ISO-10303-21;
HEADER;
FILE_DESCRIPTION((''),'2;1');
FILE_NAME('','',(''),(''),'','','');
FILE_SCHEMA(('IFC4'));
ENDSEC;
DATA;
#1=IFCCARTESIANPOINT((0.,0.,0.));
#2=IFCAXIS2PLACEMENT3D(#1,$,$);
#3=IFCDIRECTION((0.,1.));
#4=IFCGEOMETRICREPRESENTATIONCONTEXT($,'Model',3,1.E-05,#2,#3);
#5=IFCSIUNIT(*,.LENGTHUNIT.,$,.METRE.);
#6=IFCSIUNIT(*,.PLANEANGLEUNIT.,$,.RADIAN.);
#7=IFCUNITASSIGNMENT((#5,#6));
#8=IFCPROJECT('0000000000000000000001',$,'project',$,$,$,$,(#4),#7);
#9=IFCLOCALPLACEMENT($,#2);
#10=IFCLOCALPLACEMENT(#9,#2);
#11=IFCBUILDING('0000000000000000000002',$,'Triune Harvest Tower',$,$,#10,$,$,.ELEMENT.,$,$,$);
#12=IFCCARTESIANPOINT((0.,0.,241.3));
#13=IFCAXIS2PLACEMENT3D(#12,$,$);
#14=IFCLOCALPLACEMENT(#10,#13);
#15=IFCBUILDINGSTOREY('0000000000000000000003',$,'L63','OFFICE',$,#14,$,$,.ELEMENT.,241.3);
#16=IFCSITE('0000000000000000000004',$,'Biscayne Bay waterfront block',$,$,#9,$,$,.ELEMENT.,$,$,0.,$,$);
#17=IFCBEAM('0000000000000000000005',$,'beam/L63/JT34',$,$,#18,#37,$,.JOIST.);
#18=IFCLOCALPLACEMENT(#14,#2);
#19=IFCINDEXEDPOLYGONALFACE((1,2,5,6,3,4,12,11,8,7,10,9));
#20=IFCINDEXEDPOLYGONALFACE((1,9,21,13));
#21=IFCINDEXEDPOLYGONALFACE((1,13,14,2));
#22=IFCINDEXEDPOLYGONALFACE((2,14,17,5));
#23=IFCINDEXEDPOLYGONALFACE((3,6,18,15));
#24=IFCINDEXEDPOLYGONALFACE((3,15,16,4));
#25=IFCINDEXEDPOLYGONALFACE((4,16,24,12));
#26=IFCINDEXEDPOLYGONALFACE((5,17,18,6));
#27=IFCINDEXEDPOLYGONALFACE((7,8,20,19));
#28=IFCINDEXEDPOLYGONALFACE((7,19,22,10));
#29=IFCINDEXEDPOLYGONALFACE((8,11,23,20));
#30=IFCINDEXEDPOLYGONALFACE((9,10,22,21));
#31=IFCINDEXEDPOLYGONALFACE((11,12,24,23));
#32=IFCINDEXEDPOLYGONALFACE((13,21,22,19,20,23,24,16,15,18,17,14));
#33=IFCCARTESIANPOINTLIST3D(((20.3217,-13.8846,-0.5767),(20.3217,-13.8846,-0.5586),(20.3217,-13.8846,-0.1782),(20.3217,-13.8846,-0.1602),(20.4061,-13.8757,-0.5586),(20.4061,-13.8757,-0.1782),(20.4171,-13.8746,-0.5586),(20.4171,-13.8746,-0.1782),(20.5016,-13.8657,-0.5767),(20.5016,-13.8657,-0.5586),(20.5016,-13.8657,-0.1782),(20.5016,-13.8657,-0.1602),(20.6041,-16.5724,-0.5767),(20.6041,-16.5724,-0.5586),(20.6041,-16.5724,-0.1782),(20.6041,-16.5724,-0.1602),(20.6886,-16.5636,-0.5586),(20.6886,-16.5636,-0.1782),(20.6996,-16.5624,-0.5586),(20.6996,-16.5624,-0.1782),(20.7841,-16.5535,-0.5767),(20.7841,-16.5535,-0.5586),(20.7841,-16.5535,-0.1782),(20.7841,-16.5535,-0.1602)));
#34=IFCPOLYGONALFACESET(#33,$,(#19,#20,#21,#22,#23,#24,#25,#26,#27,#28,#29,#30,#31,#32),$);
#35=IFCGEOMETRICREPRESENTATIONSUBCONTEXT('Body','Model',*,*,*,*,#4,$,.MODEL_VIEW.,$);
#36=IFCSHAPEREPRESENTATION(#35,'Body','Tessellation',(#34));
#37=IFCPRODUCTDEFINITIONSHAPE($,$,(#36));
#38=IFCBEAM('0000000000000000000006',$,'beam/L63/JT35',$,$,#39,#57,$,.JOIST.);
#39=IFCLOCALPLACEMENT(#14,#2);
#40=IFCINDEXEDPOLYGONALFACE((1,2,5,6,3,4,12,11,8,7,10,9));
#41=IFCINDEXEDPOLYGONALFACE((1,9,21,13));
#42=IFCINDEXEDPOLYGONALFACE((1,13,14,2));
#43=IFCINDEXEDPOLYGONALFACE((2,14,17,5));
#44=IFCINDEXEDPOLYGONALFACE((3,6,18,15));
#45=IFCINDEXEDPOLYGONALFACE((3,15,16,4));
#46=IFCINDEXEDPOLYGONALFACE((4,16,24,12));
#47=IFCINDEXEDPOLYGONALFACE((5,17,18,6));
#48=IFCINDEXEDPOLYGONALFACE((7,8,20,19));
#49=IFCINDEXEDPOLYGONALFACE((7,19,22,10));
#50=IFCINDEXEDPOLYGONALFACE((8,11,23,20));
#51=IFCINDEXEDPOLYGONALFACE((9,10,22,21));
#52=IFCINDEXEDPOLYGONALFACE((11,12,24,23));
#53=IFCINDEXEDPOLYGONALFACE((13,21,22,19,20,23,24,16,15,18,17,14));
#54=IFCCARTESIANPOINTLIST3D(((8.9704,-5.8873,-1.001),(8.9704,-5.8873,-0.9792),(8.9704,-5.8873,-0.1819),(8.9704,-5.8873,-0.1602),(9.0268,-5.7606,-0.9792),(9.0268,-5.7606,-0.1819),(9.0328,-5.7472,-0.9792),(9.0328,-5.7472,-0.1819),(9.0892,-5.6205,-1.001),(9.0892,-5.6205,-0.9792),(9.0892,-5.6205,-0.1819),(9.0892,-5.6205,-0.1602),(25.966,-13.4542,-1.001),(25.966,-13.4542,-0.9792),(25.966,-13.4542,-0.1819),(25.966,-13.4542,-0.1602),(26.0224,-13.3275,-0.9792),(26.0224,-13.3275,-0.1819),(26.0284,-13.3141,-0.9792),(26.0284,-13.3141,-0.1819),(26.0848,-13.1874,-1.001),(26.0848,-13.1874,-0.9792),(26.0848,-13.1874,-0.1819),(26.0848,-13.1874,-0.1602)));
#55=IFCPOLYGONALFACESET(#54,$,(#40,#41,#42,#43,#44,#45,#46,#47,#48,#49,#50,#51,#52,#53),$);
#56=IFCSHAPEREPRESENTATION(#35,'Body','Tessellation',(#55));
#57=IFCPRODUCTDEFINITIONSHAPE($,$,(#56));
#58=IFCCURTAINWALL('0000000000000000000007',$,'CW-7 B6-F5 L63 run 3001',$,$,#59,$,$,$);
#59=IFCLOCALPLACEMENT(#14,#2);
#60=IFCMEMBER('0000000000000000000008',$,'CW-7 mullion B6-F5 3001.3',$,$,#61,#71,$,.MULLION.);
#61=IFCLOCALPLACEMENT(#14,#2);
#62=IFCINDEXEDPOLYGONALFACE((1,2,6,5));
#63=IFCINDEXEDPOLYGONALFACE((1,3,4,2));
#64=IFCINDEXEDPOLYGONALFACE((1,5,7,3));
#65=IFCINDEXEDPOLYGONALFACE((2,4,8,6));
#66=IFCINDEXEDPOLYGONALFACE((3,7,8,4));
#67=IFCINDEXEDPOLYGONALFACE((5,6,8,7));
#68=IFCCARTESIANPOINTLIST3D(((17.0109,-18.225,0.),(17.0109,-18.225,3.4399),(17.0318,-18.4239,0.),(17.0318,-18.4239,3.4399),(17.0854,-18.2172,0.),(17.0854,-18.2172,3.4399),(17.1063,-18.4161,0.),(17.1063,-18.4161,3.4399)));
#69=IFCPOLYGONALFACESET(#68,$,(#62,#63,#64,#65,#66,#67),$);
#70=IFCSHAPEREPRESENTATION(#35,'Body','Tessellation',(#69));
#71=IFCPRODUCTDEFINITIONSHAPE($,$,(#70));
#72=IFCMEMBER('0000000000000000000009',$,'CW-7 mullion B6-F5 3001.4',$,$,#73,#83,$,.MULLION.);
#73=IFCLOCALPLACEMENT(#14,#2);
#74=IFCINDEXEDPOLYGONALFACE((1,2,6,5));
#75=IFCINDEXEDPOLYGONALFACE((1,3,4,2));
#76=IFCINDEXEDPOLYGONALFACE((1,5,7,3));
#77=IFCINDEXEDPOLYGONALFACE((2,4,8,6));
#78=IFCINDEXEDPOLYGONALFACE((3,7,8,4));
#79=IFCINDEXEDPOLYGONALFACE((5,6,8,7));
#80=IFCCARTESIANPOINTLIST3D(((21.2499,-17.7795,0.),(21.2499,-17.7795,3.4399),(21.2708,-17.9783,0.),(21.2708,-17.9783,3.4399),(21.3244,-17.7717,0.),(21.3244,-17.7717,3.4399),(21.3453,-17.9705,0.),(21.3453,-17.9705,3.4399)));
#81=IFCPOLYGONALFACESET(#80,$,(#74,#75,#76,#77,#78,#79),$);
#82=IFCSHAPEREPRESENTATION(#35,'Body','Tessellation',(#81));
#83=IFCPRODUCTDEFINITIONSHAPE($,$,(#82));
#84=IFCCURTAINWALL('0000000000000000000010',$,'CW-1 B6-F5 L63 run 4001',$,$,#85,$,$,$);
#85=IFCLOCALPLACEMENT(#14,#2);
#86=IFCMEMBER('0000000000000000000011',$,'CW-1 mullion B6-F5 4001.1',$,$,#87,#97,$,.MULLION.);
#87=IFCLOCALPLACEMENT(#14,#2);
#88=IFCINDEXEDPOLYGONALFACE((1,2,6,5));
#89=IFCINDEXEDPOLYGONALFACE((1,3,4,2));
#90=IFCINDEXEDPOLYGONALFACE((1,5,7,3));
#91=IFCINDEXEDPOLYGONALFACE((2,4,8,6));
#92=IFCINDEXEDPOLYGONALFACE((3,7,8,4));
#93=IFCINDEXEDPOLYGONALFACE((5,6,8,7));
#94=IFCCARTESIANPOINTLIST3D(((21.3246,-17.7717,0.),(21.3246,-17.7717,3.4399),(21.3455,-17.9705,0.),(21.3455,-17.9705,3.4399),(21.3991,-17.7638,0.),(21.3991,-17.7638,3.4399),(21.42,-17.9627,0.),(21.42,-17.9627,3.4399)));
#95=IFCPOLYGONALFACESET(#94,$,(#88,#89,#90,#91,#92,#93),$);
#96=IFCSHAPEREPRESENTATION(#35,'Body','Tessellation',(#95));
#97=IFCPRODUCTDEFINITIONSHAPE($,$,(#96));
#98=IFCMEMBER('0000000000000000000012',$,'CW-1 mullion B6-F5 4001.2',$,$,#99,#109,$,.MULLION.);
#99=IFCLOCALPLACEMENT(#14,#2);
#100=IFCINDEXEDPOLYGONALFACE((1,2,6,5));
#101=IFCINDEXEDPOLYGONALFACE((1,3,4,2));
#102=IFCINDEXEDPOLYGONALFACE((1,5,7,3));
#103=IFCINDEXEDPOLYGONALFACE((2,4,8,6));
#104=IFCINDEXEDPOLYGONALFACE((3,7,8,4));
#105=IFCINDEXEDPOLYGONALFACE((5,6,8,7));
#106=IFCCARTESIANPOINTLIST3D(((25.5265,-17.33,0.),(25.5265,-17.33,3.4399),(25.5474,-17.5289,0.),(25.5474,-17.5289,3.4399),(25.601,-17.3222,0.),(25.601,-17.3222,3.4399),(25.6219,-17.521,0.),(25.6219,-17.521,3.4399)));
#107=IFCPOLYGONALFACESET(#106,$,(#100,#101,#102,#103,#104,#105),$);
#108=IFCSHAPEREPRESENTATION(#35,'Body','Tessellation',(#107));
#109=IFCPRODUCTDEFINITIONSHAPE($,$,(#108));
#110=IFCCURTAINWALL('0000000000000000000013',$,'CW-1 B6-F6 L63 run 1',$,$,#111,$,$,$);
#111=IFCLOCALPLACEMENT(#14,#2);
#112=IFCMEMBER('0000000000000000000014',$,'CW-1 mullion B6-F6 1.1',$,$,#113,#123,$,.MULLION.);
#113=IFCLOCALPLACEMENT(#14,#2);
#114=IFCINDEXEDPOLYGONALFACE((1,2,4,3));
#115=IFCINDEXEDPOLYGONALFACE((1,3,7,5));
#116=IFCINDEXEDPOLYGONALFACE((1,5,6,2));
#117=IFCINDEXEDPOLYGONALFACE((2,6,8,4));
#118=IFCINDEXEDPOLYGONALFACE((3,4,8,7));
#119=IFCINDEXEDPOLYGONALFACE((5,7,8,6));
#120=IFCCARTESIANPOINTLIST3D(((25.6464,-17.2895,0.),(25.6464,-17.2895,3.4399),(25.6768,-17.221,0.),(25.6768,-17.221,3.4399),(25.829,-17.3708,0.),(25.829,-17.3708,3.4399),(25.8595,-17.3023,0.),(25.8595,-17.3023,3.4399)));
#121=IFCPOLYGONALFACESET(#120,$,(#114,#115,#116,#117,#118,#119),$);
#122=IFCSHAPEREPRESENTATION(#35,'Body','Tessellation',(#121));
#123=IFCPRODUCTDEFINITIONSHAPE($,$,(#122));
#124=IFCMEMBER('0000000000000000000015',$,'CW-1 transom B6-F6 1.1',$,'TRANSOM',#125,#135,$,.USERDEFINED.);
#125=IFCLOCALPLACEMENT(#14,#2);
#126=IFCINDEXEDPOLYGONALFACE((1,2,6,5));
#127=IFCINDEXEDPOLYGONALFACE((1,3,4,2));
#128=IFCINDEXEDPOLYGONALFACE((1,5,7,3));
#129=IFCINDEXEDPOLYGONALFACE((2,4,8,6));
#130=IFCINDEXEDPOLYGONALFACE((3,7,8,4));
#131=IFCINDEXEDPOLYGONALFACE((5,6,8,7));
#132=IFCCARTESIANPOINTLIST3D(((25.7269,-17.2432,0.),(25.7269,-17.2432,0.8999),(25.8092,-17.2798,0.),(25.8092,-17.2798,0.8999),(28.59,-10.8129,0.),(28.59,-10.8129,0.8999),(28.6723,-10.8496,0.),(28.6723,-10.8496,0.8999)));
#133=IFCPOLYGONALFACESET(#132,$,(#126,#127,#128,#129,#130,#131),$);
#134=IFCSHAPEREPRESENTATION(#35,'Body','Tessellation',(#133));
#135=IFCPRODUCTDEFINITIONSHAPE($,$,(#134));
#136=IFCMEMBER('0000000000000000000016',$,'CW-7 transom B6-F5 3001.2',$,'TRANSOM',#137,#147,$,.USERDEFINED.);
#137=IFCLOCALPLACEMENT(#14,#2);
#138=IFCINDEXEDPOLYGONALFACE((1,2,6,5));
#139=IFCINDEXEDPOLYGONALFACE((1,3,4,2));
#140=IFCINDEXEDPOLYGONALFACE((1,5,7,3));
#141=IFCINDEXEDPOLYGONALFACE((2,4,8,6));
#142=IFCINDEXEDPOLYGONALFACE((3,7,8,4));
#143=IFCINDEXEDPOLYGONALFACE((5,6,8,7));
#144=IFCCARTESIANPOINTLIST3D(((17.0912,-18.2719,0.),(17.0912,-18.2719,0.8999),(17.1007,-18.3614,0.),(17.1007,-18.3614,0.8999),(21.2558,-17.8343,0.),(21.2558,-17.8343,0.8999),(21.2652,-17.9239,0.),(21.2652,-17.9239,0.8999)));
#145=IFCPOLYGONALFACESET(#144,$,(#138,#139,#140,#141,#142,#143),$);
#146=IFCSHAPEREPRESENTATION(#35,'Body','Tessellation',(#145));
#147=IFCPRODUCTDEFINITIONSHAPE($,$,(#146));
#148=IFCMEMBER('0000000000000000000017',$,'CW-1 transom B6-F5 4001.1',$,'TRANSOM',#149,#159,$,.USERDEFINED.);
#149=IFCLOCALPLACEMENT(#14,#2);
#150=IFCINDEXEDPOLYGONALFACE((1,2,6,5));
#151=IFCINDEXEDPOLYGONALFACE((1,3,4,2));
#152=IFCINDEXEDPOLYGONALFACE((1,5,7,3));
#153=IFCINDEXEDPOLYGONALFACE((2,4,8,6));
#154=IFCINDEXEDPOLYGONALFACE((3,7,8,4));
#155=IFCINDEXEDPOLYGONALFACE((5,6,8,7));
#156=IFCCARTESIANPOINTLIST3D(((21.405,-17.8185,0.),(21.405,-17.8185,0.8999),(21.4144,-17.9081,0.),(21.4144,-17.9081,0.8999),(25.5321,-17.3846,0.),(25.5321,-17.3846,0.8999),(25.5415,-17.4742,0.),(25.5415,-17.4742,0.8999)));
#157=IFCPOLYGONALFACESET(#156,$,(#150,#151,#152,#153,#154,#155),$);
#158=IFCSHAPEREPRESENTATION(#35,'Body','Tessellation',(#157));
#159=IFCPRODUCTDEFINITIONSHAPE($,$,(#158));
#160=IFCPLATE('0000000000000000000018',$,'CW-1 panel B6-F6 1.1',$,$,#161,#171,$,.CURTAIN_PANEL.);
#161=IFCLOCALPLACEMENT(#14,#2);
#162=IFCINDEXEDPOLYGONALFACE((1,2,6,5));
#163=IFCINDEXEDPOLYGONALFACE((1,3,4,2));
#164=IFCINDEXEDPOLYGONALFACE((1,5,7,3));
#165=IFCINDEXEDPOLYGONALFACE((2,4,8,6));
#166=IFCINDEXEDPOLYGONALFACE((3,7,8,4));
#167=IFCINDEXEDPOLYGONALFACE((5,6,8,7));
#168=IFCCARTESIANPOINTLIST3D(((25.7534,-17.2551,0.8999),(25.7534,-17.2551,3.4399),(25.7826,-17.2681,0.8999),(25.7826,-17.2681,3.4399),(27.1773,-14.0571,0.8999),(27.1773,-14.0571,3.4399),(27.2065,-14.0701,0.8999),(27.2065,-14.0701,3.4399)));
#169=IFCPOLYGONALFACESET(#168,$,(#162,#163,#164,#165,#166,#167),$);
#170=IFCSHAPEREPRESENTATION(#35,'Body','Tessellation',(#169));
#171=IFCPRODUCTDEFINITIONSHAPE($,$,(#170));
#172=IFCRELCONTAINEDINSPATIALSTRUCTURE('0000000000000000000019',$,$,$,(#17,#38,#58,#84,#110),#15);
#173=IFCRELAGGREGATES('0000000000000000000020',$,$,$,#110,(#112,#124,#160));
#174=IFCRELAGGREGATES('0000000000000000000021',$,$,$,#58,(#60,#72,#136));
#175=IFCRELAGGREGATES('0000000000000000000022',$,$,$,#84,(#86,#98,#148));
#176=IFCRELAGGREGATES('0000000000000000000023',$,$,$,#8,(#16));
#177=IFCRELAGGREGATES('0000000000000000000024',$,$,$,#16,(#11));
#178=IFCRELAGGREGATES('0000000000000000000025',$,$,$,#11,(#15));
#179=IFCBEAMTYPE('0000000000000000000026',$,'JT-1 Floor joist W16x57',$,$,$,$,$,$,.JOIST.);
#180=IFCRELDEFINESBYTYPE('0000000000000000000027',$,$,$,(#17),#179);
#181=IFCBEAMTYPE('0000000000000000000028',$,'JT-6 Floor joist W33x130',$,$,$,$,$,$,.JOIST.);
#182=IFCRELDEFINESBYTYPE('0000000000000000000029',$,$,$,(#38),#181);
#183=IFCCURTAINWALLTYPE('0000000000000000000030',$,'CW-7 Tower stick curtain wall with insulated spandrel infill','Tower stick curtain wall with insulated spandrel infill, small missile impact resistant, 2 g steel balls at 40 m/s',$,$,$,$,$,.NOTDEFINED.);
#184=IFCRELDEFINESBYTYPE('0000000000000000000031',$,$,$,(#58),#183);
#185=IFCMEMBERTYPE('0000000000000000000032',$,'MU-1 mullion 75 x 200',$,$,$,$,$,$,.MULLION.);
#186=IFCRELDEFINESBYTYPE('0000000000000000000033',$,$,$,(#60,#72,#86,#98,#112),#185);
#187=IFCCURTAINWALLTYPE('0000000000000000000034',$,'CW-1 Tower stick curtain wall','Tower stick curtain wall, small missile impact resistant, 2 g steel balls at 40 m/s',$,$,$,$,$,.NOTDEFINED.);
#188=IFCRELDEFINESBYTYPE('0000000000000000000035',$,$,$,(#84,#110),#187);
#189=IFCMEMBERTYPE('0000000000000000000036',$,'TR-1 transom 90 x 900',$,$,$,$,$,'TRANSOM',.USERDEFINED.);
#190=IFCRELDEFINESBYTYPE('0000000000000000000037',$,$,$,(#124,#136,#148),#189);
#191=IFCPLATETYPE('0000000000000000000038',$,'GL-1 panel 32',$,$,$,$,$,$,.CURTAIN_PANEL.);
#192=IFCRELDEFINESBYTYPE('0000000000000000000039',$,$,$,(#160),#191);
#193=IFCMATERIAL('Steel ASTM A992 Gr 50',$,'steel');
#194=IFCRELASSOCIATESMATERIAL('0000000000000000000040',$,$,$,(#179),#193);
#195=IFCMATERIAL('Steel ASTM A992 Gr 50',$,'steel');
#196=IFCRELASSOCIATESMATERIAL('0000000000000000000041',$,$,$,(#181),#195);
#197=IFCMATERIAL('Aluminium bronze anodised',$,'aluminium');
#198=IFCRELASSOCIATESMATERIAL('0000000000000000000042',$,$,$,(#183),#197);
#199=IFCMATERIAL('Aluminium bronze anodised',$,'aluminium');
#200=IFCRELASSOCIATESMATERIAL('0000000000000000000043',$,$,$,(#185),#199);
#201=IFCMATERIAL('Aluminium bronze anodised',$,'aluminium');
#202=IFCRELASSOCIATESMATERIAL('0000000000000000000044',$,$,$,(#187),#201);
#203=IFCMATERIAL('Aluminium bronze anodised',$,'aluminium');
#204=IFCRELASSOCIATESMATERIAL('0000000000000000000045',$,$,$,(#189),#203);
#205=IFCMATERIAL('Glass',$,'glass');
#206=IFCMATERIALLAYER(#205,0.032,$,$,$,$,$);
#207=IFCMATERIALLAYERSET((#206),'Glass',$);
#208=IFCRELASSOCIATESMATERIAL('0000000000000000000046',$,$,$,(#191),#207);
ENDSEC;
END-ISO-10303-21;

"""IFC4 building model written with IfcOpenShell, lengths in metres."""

from ifc_helpers import new_model, si_unit, direction, frame, origin, origin_2d, place, context, subcontext, project, spatial, rectangle, i_section, extrude, source, transform, mapped, material, layer, layer_set, material_profile, profile_set, type_object, element, aggregate, save


model = new_model("IFC4")

# Units and contexts
model_context = context("Model", 3, precision=1e-05, world=origin(), true_north=direction((0.0, 1.0)))
body_context = subcontext(model_context, "Body", "Model", "MODEL_VIEW")
ifc_project = project(units=[si_unit("LENGTHUNIT", "METRE"), si_unit("PLANEANGLEUNIT", "RADIAN")], contexts=[model_context])

# Site, building, storey
site_placement = place(None, origin())
site = spatial("IfcSite", under=ifc_project, at=site_placement, Name="Biscayne Bay waterfront block", CompositionType="ELEMENT", RefElevation=0.0)
building_placement = place(site_placement, origin())
building = spatial("IfcBuilding", under=site, at=building_placement, Name="Triune Harvest Tower", CompositionType="ELEMENT")
storey_placement = place(building_placement, frame((0.0, 0.0, 241.3)))
storey = spatial("IfcBuildingStorey", under=building, at=storey_placement, Name="L63", Description="OFFICE", CompositionType="ELEMENT", Elevation=241.3)

# Beams
ifc_material_1 = material(Name="Steel ASTM A992 Gr 50", Category="steel")
ifc_material_profile_1 = material_profile(ifc_material_1, i_section(OverallWidth=0.1809, OverallDepth=0.4165, WebThickness=0.011, FlangeThickness=0.0181, at=origin_2d()), Name="W16x57")
ifc_profile_set_1 = profile_set([ifc_material_profile_1], Name="Steel ASTM A992 Gr 50")
beam_type_1 = type_object("IfcBeamType", Name="JT-1 Floor joist W16x57", PredefinedType="JOIST", material=ifc_profile_set_1)
shared_shape_1 = source(origin(), body_context, "Body", "SweptSolid", [
    extrude(i_section(OverallWidth=0.1809, OverallDepth=0.4165, WebThickness=0.011, FlangeThickness=0.0181, at=origin_2d()), origin(), (0.0, 0.0, 1.0), 2.7026),
])
beam_1_placement = place(storey_placement, frame((20.6941, -16.563, -0.3684), z_axis=(-0.10452, 0.994523, 0.0), x_axis=(-0.994523, -0.10452, 0.0)))
element("IfcBeam", 1, at=beam_1_placement, inside=storey, type_object=beam_type_1, Name="beam/L63/JT34", PredefinedType="JOIST", context=body_context, shape_type="MappedRepresentation", body=[
    mapped(shared_shape_1, transform((0.0, 0.0, 0.0), scale=1.0)),
])
ifc_material_2 = material(Name="Steel ASTM A992 Gr 50", Category="steel")
ifc_material_profile_2 = material_profile(ifc_material_2, i_section(OverallWidth=0.292, OverallDepth=0.8408, WebThickness=0.0146, FlangeThickness=0.0217, at=origin_2d()), Name="W33x130")
ifc_profile_set_2 = profile_set([ifc_material_profile_2], Name="Steel ASTM A992 Gr 50")
beam_type_2 = type_object("IfcBeamType", Name="JT-6 Floor joist W33x130", PredefinedType="JOIST", material=ifc_profile_set_2)
shared_shape_2 = source(origin(), body_context, "Body", "SweptSolid", [
    extrude(i_section(OverallWidth=0.292, OverallDepth=0.8408, WebThickness=0.0146, FlangeThickness=0.0217, at=origin_2d()), origin(), (0.0, 0.0, 1.0), 18.604),
])
beam_2_placement = place(storey_placement, frame((26.0254, -13.3208, -0.5806), z_axis=(-0.913546, 0.406735, 0.0), x_axis=(-0.406735, -0.913546, 0.0)))
element("IfcBeam", 2, at=beam_2_placement, inside=storey, type_object=beam_type_2, Name="beam/L63/JT35", PredefinedType="JOIST", context=body_context, shape_type="MappedRepresentation", body=[
    mapped(shared_shape_2, transform((0.0, 0.0, 0.0), scale=1.0)),
])

# Curtain walls, members
ifc_material_3 = material(Name="Aluminium bronze anodised", Category="aluminium")
curtain_wall_type_1 = type_object("IfcCurtainWallType", Name="CW-7 Tower stick curtain wall with insulated spandrel infill", Description="Tower stick curtain wall with insulated spandrel infill, small missile impact resistant, 2 g steel balls at 40 m/s", PredefinedType="NOTDEFINED", material=ifc_material_3)
curtain_wall_1_placement = place(storey_placement, origin())
curtain_wall_1 = element("IfcCurtainWall", 3, at=curtain_wall_1_placement, inside=storey, type_object=curtain_wall_type_1, Name="CW-7 B6-F5 L63 run 3001")
ifc_material_4 = material(Name="Aluminium bronze anodised", Category="aluminium")
ifc_material_profile_3 = material_profile(ifc_material_4, rectangle(XDim=0.2, YDim=0.075, at=origin_2d()), Name="MU-1 mullion 75 x 200")
ifc_profile_set_3 = profile_set([ifc_material_profile_3], Name="Aluminium bronze anodised")
member_type_1 = type_object("IfcMemberType", Name="MU-1 mullion 75 x 200", PredefinedType="MULLION", material=ifc_profile_set_3)
shared_shape_3 = source(origin(), body_context, "Body", "SweptSolid", [
    extrude(rectangle(XDim=0.2, YDim=0.075, at=origin_2d()), origin(), (0.0, 0.0, 1.0), 3.4399),
])
member_1_placement = place(storey_placement, frame((17.0586, -18.3206, 0.0), z_axis=(0.0, 0.0, 1.0), x_axis=(-0.104527, 0.994522, 0.0)))
member_1 = element("IfcMember", 4, at=member_1_placement, type_object=member_type_1, Name="CW-7 mullion B6-F5 3001.3", PredefinedType="MULLION", context=body_context, shape_type="MappedRepresentation", body=[
    mapped(shared_shape_3, transform((0.0, 0.0, 0.0), scale=1.0)),
])
member_2_placement = place(storey_placement, frame((21.2976, -17.875, 0.0), z_axis=(0.0, 0.0, 1.0), x_axis=(-0.104527, 0.994522, 0.0)))
member_2 = element("IfcMember", 5, at=member_2_placement, type_object=member_type_1, Name="CW-7 mullion B6-F5 3001.4", PredefinedType="MULLION", context=body_context, shape_type="MappedRepresentation", body=[
    mapped(shared_shape_3, transform((0.0, 0.0, 0.0), scale=1.0)),
])
ifc_material_5 = material(Name="Aluminium bronze anodised", Category="aluminium")
curtain_wall_type_2 = type_object("IfcCurtainWallType", Name="CW-1 Tower stick curtain wall", Description="Tower stick curtain wall, small missile impact resistant, 2 g steel balls at 40 m/s", PredefinedType="NOTDEFINED", material=ifc_material_5)
curtain_wall_2_placement = place(storey_placement, origin())
curtain_wall_2 = element("IfcCurtainWall", 6, at=curtain_wall_2_placement, inside=storey, type_object=curtain_wall_type_2, Name="CW-1 B6-F5 L63 run 4001")
member_3_placement = place(storey_placement, frame((21.3723, -17.8672, 0.0), z_axis=(0.0, 0.0, 1.0), x_axis=(-0.104532, 0.994522, 0.0)))
member_3 = element("IfcMember", 7, at=member_3_placement, type_object=member_type_1, Name="CW-1 mullion B6-F5 4001.1", PredefinedType="MULLION", context=body_context, shape_type="MappedRepresentation", body=[
    mapped(shared_shape_3, transform((0.0, 0.0, 0.0), scale=1.0)),
])
member_4_placement = place(storey_placement, frame((25.5742, -17.4255, 0.0), z_axis=(0.0, 0.0, 1.0), x_axis=(-0.104532, 0.994522, 0.0)))
member_4 = element("IfcMember", 8, at=member_4_placement, type_object=member_type_1, Name="CW-1 mullion B6-F5 4001.2", PredefinedType="MULLION", context=body_context, shape_type="MappedRepresentation", body=[
    mapped(shared_shape_3, transform((0.0, 0.0, 0.0), scale=1.0)),
])
curtain_wall_3_placement = place(storey_placement, origin())
curtain_wall_3 = element("IfcCurtainWall", 9, at=curtain_wall_3_placement, inside=storey, type_object=curtain_wall_type_2, Name="CW-1 B6-F6 L63 run 1")
member_5_placement = place(storey_placement, frame((25.7529, -17.2959, 0.0), z_axis=(0.0, 0.0, 1.0), x_axis=(-0.913543, 0.406743, 0.0)))
member_5 = element("IfcMember", 10, at=member_5_placement, type_object=member_type_1, Name="CW-1 mullion B6-F6 1.1", PredefinedType="MULLION", context=body_context, shape_type="MappedRepresentation", body=[
    mapped(shared_shape_3, transform((0.0, 0.0, 0.0), scale=1.0)),
])
ifc_material_6 = material(Name="Aluminium bronze anodised", Category="aluminium")
ifc_material_profile_4 = material_profile(ifc_material_6, rectangle(XDim=0.0901, YDim=0.8999, at=origin_2d()), Name="TR-1 transom 90 x 900")
ifc_profile_set_4 = profile_set([ifc_material_profile_4], Name="Aluminium bronze anodised")
member_type_2 = type_object("IfcMemberType", Name="TR-1 transom 90 x 900", ElementType="TRANSOM", PredefinedType="USERDEFINED", material=ifc_profile_set_4)
shared_shape_4 = source(origin(), body_context, "Body", "SweptSolid", [
    extrude(rectangle(XDim=0.0901, YDim=0.8999, at=origin_2d()), origin(), (0.0, 0.0, 1.0), 7.0388),
])
member_6_placement = place(storey_placement, frame((25.7681, -17.2615, 0.45), z_axis=(0.406753, 0.913538, 0.0), x_axis=(-0.913538, 0.406753, 0.0)))
member_6 = element("IfcMember", 11, at=member_6_placement, type_object=member_type_2, Name="CW-1 transom B6-F6 1.1", ObjectType="TRANSOM", PredefinedType="USERDEFINED", context=body_context, shape_type="MappedRepresentation", body=[
    mapped(shared_shape_4, transform((0.0, 0.0, 0.0), scale=1.0)),
])

# Members
shared_shape_5 = source(origin(), body_context, "Body", "SweptSolid", [
    extrude(rectangle(XDim=0.0901, YDim=0.8999, at=origin_2d()), origin(), (0.0, 0.0, 1.0), 4.1875),
])
member_7_placement = place(storey_placement, frame((17.0959, -18.3167, 0.45), z_axis=(0.994527, 0.104478, 0.0), x_axis=(-0.104478, 0.994527, 0.0)))
member_7 = element("IfcMember", 12, at=member_7_placement, type_object=member_type_2, Name="CW-7 transom B6-F5 3001.2", ObjectType="TRANSOM", PredefinedType="USERDEFINED", context=body_context, shape_type="MappedRepresentation", body=[
    mapped(shared_shape_5, transform((0.0, 0.0, 0.0), scale=1.0)),
])
shared_shape_6 = source(origin(), body_context, "Body", "SweptSolid", [
    extrude(rectangle(XDim=0.0901, YDim=0.8999, at=origin_2d()), origin(), (0.0, 0.0, 1.0), 4.1499),
])
member_8_placement = place(storey_placement, frame((21.4097, -17.8633, 0.45), z_axis=(0.994521, 0.104541, 0.0), x_axis=(-0.104541, 0.994521, 0.0)))
member_8 = element("IfcMember", 13, at=member_8_placement, type_object=member_type_2, Name="CW-1 transom B6-F5 4001.1", ObjectType="TRANSOM", PredefinedType="USERDEFINED", context=body_context, shape_type="MappedRepresentation", body=[
    mapped(shared_shape_6, transform((0.0, 0.0, 0.0), scale=1.0)),
])

# Plate
ifc_material_7 = material(Name="Glass", Category="glass")
ifc_layer_1 = layer(ifc_material_7, 0.032)
ifc_layer_set_1 = layer_set([ifc_layer_1], Name="Glass")
plate_type_1 = type_object("IfcPlateType", Name="GL-1 panel 32", PredefinedType="CURTAIN_PANEL", material=ifc_layer_set_1)
shared_shape_7 = source(origin(), body_context, "Body", "SweptSolid", [
    extrude(rectangle(XDim=3.5007, YDim=0.032, at=origin_2d()), origin(), (0.0, 0.0, 1.0), 2.54),
])
plate_1_placement = place(storey_placement, frame((26.48, -15.6626, 0.8999), z_axis=(0.0, 0.0, 1.0), x_axis=(0.406743, 0.913543, 0.0)))
plate_1 = element("IfcPlate", 14, at=plate_1_placement, type_object=plate_type_1, Name="CW-1 panel B6-F6 1.1", PredefinedType="CURTAIN_PANEL", context=body_context, shape_type="MappedRepresentation", body=[
    mapped(shared_shape_7, transform((0.0, 0.0, 0.0), scale=1.0)),
])
aggregate(curtain_wall_3, [member_5, member_6, plate_1])
aggregate(curtain_wall_1, [member_1, member_2, member_7])
aggregate(curtain_wall_2, [member_3, member_4, member_8])

save(model, "model.ifc")
